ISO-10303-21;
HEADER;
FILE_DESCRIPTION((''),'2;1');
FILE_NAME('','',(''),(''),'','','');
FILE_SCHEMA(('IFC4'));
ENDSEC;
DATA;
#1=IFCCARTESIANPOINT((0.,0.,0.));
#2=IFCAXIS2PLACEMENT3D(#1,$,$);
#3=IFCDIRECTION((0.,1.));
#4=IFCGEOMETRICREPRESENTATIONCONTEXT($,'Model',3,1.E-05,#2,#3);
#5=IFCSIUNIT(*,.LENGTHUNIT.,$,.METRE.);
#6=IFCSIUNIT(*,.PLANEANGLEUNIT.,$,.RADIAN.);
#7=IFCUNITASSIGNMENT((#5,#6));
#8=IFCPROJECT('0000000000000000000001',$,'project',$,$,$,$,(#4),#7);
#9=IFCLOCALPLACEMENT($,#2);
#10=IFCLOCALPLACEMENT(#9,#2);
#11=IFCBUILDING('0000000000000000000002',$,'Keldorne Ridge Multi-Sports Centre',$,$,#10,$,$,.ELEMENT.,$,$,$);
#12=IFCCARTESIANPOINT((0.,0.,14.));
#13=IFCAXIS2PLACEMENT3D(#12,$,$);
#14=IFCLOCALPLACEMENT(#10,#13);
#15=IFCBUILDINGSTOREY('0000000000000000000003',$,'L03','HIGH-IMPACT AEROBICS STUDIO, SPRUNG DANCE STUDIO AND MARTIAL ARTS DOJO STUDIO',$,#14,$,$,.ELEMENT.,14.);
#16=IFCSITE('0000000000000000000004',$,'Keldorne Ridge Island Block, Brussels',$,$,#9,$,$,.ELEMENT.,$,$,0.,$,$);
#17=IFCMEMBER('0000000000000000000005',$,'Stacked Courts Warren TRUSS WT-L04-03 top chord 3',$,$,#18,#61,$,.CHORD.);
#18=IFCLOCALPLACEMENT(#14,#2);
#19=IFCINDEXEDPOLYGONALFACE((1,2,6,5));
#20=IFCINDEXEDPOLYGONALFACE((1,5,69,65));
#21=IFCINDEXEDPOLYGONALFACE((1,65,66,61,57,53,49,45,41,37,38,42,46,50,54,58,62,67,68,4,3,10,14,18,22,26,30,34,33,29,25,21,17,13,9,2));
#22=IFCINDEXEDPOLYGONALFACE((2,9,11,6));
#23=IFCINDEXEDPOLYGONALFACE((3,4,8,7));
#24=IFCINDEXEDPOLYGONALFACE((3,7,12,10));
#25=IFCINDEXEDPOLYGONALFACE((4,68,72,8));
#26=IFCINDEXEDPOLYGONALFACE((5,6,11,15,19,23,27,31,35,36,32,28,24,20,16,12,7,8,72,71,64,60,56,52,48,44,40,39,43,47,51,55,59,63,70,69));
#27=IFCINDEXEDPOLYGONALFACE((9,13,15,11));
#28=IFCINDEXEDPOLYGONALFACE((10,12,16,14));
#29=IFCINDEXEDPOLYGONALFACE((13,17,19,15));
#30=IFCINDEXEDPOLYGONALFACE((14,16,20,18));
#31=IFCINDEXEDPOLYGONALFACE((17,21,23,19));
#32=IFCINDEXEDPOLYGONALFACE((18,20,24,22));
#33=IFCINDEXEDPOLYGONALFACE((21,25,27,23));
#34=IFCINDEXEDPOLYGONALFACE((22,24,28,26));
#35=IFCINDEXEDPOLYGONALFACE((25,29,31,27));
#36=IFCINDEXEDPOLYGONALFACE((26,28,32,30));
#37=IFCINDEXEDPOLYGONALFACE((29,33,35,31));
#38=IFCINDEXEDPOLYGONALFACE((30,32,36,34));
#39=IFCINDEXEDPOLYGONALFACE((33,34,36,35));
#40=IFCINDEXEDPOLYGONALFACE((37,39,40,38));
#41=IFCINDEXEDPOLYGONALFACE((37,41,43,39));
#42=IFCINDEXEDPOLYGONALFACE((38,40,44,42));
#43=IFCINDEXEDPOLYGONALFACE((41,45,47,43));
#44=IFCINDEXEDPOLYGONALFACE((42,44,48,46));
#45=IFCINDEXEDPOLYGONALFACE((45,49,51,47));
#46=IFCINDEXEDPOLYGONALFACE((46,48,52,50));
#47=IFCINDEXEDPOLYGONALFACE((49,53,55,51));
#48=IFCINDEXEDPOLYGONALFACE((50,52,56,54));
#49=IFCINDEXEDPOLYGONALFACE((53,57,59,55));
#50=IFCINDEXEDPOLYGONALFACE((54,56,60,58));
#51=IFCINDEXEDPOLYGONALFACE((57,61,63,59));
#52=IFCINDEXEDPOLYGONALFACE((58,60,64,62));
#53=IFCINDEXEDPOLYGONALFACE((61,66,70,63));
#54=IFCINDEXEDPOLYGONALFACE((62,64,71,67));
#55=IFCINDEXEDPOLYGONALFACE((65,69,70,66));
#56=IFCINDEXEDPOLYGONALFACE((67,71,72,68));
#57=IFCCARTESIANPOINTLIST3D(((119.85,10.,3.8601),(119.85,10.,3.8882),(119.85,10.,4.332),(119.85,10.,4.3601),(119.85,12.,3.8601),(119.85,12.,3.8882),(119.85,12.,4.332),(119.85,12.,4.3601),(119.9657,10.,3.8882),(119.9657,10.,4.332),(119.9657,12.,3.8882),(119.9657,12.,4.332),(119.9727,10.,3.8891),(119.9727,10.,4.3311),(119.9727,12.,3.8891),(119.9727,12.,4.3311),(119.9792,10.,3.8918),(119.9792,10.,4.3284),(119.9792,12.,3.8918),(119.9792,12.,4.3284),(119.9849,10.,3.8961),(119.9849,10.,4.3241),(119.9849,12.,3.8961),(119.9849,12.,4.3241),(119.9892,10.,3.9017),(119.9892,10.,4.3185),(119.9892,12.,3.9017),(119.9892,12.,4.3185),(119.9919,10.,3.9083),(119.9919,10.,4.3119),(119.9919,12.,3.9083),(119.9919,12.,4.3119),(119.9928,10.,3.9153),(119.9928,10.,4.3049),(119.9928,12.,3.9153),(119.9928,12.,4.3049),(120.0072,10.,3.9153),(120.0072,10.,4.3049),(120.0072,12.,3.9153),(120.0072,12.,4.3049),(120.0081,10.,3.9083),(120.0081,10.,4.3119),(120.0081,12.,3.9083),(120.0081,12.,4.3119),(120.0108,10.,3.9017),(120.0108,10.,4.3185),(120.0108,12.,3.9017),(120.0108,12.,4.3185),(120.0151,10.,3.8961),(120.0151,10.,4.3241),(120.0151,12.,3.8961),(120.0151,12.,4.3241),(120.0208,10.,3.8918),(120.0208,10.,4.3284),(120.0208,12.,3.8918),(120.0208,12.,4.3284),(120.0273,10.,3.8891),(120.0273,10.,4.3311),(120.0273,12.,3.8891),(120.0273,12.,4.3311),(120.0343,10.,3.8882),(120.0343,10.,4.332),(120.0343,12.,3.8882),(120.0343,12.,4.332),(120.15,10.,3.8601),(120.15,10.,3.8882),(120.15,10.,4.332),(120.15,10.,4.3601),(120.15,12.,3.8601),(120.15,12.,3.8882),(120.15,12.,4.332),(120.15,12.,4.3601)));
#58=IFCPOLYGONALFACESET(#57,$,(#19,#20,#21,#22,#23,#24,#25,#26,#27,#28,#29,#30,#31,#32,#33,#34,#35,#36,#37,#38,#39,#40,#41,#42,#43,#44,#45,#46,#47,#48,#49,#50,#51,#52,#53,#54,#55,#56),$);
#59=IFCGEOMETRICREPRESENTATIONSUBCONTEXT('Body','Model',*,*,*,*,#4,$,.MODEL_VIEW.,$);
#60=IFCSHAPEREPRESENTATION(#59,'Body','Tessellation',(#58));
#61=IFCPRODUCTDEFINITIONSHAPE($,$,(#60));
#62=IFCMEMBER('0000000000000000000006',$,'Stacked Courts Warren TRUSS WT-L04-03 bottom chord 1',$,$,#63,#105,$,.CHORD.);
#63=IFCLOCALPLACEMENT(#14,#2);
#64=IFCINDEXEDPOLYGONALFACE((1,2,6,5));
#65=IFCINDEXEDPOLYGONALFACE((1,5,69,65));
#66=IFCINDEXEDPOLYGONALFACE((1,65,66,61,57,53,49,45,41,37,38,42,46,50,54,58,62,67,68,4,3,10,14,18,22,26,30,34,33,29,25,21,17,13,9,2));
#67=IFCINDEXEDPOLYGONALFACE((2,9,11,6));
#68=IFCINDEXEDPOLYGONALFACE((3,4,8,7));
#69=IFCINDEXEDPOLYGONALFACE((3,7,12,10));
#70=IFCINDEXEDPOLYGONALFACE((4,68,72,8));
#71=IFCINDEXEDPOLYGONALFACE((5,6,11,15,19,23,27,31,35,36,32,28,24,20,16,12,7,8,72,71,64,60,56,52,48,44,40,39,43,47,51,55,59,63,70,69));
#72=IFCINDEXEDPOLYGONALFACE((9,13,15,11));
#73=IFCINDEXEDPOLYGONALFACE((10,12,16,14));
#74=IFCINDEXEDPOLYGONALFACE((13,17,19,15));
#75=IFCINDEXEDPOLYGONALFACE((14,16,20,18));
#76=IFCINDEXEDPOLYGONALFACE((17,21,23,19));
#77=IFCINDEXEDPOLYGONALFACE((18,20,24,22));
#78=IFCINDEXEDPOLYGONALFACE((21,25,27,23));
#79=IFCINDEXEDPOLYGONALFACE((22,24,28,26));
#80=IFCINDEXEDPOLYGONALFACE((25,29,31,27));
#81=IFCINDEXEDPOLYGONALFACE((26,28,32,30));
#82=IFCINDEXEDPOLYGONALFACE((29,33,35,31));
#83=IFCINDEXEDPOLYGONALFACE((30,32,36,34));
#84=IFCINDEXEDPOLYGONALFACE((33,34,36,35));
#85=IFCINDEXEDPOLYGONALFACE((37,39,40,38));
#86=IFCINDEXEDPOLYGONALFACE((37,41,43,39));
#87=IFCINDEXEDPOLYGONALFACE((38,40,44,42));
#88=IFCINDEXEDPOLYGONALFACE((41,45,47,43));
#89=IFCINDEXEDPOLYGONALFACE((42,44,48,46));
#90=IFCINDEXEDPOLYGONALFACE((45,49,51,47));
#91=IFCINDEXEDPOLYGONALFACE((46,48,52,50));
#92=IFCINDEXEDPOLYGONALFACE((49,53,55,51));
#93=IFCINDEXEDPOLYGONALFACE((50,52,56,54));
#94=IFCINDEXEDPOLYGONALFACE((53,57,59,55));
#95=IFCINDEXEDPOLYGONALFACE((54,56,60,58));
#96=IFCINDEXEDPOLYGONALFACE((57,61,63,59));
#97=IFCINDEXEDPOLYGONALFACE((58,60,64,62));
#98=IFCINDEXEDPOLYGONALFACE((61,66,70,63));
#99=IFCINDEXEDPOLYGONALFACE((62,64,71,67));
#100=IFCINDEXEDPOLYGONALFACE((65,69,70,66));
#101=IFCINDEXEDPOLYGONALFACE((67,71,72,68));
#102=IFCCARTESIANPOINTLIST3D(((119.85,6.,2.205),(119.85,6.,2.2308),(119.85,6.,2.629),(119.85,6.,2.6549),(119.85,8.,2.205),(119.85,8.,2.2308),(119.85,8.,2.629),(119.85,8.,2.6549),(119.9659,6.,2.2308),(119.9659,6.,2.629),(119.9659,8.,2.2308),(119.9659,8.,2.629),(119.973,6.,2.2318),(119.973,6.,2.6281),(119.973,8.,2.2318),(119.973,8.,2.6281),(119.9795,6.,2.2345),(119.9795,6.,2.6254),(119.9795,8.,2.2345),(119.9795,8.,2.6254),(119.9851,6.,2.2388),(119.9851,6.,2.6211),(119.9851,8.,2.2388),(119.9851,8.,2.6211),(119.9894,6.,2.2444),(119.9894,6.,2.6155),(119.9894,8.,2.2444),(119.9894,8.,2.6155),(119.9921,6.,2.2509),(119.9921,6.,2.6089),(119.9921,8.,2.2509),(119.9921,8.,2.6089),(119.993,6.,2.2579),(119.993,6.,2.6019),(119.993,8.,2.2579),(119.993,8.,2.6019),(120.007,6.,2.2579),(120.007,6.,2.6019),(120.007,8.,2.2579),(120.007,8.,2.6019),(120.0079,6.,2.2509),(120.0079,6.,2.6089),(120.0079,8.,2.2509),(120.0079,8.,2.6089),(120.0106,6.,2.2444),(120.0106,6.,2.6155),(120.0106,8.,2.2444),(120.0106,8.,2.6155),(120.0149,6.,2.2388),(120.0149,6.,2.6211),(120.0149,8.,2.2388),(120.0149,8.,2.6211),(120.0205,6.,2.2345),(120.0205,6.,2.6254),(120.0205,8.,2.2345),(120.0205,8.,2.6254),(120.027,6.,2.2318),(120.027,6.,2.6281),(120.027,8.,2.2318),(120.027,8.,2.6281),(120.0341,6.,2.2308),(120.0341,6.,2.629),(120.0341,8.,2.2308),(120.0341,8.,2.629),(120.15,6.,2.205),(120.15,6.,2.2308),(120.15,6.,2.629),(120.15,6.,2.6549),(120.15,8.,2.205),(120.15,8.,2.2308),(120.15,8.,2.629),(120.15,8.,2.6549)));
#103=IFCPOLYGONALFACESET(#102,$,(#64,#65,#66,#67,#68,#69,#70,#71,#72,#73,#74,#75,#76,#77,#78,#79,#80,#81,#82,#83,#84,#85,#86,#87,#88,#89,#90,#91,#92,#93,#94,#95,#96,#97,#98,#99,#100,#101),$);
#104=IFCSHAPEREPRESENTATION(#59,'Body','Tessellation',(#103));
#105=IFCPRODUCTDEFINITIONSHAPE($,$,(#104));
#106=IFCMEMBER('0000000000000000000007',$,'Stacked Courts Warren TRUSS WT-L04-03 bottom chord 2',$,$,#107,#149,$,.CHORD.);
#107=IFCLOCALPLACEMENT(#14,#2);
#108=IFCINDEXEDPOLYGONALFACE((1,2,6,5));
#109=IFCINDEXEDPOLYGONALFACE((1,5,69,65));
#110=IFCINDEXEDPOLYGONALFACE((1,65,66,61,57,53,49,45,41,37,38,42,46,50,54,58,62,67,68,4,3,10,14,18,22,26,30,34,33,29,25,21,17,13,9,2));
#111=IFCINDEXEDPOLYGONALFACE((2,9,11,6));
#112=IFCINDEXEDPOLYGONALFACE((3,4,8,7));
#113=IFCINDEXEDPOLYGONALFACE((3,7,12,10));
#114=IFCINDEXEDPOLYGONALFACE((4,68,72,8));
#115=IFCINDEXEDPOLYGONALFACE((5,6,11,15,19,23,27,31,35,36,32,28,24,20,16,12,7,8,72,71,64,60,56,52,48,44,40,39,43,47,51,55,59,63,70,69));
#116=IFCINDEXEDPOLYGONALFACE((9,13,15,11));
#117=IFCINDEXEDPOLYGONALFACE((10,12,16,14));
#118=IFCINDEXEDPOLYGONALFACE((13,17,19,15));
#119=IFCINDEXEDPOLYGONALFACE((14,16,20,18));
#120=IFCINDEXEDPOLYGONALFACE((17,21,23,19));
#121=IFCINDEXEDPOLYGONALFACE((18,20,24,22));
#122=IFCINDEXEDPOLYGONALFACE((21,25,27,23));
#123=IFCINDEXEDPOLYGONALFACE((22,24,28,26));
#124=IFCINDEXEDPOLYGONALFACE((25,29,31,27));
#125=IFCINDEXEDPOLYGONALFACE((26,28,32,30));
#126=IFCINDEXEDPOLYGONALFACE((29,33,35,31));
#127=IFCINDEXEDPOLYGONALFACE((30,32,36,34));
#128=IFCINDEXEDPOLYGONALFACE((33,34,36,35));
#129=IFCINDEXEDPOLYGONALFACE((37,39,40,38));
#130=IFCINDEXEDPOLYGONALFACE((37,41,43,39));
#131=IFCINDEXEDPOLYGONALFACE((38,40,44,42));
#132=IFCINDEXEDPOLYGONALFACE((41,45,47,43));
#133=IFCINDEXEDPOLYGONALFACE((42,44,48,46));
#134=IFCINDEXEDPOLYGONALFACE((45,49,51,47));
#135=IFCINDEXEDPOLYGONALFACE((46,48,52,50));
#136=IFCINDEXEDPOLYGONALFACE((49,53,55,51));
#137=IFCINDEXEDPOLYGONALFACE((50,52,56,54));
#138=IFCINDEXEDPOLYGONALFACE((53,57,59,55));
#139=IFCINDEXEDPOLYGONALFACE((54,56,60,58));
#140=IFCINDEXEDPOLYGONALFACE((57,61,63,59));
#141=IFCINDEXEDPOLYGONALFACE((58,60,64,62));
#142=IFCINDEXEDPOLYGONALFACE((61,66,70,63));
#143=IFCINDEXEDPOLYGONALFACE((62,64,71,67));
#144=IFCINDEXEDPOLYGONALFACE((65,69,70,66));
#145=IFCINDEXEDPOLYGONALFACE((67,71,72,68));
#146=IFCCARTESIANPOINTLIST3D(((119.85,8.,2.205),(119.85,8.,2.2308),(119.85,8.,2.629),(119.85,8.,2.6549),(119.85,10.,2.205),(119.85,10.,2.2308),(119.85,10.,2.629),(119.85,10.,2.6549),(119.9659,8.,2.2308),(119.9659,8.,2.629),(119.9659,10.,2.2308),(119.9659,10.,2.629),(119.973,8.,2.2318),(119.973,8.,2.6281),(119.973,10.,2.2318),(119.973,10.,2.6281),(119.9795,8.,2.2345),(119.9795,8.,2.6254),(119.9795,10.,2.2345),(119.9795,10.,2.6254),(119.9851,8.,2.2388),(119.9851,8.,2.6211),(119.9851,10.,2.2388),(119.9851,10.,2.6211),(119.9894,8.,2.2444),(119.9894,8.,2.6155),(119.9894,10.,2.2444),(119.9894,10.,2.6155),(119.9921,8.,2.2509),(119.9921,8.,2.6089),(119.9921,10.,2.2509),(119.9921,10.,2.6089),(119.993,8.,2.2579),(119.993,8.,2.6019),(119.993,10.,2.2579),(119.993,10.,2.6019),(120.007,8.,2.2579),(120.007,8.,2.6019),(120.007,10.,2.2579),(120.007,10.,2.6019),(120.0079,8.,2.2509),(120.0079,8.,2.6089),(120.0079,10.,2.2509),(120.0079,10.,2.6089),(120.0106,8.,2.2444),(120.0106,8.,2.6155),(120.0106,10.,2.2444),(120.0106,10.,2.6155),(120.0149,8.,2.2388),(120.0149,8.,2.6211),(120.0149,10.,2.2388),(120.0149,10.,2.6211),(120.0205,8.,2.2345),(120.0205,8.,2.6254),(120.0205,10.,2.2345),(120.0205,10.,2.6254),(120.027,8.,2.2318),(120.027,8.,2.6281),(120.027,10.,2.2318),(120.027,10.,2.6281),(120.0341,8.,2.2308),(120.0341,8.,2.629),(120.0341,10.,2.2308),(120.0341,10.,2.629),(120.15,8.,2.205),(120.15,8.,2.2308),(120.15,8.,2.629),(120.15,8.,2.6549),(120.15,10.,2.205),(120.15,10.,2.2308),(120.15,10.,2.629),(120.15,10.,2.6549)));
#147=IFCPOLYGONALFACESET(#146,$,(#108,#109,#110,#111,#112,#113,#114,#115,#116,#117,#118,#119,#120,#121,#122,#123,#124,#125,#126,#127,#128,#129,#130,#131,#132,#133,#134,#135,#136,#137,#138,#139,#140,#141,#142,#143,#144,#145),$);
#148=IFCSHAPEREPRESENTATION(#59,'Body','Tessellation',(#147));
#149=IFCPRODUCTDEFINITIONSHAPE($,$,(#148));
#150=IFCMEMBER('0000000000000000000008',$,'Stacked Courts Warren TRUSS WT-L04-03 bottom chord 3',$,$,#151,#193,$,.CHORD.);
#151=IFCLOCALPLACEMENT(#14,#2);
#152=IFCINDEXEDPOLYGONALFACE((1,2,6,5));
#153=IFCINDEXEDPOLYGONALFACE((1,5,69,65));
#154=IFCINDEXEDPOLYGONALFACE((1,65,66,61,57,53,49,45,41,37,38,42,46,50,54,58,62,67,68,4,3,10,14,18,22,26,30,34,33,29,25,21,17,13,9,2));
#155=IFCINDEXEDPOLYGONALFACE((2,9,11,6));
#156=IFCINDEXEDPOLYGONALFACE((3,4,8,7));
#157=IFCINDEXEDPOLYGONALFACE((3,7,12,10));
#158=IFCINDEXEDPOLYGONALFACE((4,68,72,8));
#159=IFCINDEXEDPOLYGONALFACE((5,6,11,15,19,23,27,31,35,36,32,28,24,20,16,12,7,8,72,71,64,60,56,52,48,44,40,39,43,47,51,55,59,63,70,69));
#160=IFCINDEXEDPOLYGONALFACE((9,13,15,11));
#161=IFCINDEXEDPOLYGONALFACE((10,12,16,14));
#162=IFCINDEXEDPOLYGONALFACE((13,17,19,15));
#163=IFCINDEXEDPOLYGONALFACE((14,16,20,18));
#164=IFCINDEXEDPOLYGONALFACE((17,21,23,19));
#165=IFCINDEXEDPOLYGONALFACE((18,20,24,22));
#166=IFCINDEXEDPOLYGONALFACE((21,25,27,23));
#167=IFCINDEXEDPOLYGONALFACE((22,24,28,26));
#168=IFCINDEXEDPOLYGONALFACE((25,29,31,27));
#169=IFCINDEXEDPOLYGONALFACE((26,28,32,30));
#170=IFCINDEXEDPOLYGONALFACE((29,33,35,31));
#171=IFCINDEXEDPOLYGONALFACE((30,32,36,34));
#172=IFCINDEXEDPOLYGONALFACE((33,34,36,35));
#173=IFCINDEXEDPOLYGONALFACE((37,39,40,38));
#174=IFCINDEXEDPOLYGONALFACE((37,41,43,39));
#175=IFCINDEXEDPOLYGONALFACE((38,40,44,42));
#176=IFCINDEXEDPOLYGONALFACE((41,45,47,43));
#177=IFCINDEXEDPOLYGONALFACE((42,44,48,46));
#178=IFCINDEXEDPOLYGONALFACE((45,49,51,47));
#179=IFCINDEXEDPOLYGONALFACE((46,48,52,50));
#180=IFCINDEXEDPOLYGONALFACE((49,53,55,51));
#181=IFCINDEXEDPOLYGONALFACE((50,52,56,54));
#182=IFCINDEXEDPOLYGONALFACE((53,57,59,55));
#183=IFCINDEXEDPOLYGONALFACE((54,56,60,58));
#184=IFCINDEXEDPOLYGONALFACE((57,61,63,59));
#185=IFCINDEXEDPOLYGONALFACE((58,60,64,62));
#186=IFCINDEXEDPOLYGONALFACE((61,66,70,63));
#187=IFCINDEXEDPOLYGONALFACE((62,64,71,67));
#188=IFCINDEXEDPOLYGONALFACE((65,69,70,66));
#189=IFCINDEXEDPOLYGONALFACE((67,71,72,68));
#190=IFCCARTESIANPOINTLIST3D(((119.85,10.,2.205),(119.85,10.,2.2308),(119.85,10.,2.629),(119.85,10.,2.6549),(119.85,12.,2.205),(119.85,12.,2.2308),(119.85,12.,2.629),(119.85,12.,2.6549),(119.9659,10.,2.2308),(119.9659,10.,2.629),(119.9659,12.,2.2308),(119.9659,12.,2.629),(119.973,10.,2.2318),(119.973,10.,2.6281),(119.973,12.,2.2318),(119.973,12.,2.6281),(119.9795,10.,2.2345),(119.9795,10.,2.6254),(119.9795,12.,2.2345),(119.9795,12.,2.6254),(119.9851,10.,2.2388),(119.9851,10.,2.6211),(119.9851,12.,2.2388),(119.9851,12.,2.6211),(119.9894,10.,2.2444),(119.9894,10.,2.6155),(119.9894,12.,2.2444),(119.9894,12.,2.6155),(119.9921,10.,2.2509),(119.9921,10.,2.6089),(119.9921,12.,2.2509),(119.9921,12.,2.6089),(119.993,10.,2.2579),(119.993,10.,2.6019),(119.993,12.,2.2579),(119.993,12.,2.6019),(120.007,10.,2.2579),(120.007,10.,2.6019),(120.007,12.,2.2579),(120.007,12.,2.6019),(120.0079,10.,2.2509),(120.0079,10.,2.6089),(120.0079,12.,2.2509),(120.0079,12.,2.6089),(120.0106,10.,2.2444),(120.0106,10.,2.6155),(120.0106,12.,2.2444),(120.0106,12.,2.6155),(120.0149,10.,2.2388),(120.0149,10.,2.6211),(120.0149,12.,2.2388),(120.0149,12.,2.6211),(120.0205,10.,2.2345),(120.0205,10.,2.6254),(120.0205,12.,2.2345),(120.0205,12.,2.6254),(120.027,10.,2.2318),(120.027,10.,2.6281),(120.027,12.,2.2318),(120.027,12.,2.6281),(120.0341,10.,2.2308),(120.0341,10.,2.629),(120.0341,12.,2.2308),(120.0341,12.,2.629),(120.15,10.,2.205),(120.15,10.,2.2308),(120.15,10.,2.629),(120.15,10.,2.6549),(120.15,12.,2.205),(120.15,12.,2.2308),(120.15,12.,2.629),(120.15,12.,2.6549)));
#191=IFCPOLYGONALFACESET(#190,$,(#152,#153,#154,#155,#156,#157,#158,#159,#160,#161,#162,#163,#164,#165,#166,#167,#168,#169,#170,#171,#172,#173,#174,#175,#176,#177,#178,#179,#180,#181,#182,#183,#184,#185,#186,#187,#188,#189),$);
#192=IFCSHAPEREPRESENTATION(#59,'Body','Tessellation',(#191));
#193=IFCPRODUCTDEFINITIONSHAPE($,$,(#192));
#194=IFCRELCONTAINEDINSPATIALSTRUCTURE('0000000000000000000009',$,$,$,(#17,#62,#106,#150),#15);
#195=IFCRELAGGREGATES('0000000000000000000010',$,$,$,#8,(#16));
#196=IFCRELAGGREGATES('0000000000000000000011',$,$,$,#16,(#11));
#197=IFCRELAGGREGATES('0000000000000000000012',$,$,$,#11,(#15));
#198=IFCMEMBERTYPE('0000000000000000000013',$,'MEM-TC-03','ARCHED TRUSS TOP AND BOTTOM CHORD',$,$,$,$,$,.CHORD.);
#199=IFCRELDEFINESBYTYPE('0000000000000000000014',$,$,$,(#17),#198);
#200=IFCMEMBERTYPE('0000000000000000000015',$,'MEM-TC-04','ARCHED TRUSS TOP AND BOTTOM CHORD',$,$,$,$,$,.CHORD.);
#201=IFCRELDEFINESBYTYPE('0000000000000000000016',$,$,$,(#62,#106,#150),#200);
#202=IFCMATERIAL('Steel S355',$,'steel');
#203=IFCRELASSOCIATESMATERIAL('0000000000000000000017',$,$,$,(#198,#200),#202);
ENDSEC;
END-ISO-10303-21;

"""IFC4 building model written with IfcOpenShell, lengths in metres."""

from ifc_helpers import new_model, si_unit, direction, frame, origin, origin_2d, place, context, subcontext, project, spatial, i_section, extrude, material, material_profile, profile_set, type_object, element, save


model = new_model("IFC4")

# Units and contexts
model_context = context("Model", 3, precision=1e-05, world=origin(), true_north=direction((0.0, 1.0)))
body_context = subcontext(model_context, "Body", "Model", "MODEL_VIEW")
ifc_project = project(units=[si_unit("LENGTHUNIT", "METRE"), si_unit("PLANEANGLEUNIT", "RADIAN")], contexts=[model_context])

# Site, building, storey
site_placement = place(None, origin())
site = spatial("IfcSite", under=ifc_project, at=site_placement, Name="Keldorne Ridge Island Block, Brussels", CompositionType="ELEMENT", RefElevation=0.0)
building_placement = place(site_placement, origin())
building = spatial("IfcBuilding", under=site, at=building_placement, Name="Keldorne Ridge Multi-Sports Centre", CompositionType="ELEMENT")
storey_placement = place(building_placement, frame((0.0, 0.0, 14.0)))
storey = spatial("IfcBuildingStorey", under=building, at=storey_placement, Name="L03", Description="HIGH-IMPACT AEROBICS STUDIO, SPRUNG DANCE STUDIO AND MARTIAL ARTS DOJO STUDIO", CompositionType="ELEMENT", Elevation=14.0)

# Shared definitions
ifc_material_1 = material(Name="Steel S355", Category="steel")

# Members
ifc_material_profile_1 = material_profile(ifc_material_1, i_section(OverallWidth=0.3, OverallDepth=0.5, WebThickness=0.0144, FlangeThickness=0.0281, FilletRadius=0.0271, at=origin_2d()), Name="HEB 500")
ifc_profile_set_1 = profile_set([ifc_material_profile_1], Name="Steel S355")
member_type_1 = type_object("IfcMemberType", Name="MEM-TC-03", Description="ARCHED TRUSS TOP AND BOTTOM CHORD", PredefinedType="CHORD", material=ifc_profile_set_1)
for number, where, z_axis, x_axis, name in (
    (1, (120.0, 10.0, 4.1101), (0.0, 1.0, 0.0), (-1.0, 0.0, 0.0), "Stacked Courts Warren TRUSS WT-L04-03 top chord 3"),
):
    element("IfcMember", number, at=place(storey_placement, frame(where, z_axis=z_axis, x_axis=x_axis)), inside=storey, type_object=member_type_1, Name=name, PredefinedType="CHORD", context=body_context, shape_type="SweptSolid", body=[
        extrude(i_section(OverallWidth=0.3, OverallDepth=0.5, WebThickness=0.0144, FlangeThickness=0.0281, FilletRadius=0.0271, at=origin_2d()), origin(), (0.0, 0.0, 1.0), 2.0),
    ])
ifc_material_profile_2 = material_profile(ifc_material_1, i_section(OverallWidth=0.3, OverallDepth=0.45, WebThickness=0.0139, FlangeThickness=0.0259, FilletRadius=0.0271, at=origin_2d()), Name="HEB 450")
ifc_profile_set_2 = profile_set([ifc_material_profile_2], Name="Steel S355")
member_type_2 = type_object("IfcMemberType", Name="MEM-TC-04", Description="ARCHED TRUSS TOP AND BOTTOM CHORD", PredefinedType="CHORD", material=ifc_profile_set_2)
for number, where, z_axis, x_axis, name in (
    (2, (120.0, 6.0, 2.4299), (0.0, 1.0, 0.0), (-1.0, 0.0, 0.0), "Stacked Courts Warren TRUSS WT-L04-03 bottom chord 1"),
    (3, (120.0, 8.0, 2.4299), (0.0, 1.0, 0.0), (-1.0, 0.0, 0.0), "Stacked Courts Warren TRUSS WT-L04-03 bottom chord 2"),
    (4, (120.0, 10.0, 2.4299), (0.0, 1.0, 0.0), (-1.0, 0.0, 0.0), "Stacked Courts Warren TRUSS WT-L04-03 bottom chord 3"),
):
    element("IfcMember", number, at=place(storey_placement, frame(where, z_axis=z_axis, x_axis=x_axis)), inside=storey, type_object=member_type_2, Name=name, PredefinedType="CHORD", context=body_context, shape_type="SweptSolid", body=[
        extrude(i_section(OverallWidth=0.3, OverallDepth=0.45, WebThickness=0.0139, FlangeThickness=0.0259, FilletRadius=0.0271, at=origin_2d()), origin(), (0.0, 0.0, 1.0), 2.0),
    ])

save(model, "model.ifc")
